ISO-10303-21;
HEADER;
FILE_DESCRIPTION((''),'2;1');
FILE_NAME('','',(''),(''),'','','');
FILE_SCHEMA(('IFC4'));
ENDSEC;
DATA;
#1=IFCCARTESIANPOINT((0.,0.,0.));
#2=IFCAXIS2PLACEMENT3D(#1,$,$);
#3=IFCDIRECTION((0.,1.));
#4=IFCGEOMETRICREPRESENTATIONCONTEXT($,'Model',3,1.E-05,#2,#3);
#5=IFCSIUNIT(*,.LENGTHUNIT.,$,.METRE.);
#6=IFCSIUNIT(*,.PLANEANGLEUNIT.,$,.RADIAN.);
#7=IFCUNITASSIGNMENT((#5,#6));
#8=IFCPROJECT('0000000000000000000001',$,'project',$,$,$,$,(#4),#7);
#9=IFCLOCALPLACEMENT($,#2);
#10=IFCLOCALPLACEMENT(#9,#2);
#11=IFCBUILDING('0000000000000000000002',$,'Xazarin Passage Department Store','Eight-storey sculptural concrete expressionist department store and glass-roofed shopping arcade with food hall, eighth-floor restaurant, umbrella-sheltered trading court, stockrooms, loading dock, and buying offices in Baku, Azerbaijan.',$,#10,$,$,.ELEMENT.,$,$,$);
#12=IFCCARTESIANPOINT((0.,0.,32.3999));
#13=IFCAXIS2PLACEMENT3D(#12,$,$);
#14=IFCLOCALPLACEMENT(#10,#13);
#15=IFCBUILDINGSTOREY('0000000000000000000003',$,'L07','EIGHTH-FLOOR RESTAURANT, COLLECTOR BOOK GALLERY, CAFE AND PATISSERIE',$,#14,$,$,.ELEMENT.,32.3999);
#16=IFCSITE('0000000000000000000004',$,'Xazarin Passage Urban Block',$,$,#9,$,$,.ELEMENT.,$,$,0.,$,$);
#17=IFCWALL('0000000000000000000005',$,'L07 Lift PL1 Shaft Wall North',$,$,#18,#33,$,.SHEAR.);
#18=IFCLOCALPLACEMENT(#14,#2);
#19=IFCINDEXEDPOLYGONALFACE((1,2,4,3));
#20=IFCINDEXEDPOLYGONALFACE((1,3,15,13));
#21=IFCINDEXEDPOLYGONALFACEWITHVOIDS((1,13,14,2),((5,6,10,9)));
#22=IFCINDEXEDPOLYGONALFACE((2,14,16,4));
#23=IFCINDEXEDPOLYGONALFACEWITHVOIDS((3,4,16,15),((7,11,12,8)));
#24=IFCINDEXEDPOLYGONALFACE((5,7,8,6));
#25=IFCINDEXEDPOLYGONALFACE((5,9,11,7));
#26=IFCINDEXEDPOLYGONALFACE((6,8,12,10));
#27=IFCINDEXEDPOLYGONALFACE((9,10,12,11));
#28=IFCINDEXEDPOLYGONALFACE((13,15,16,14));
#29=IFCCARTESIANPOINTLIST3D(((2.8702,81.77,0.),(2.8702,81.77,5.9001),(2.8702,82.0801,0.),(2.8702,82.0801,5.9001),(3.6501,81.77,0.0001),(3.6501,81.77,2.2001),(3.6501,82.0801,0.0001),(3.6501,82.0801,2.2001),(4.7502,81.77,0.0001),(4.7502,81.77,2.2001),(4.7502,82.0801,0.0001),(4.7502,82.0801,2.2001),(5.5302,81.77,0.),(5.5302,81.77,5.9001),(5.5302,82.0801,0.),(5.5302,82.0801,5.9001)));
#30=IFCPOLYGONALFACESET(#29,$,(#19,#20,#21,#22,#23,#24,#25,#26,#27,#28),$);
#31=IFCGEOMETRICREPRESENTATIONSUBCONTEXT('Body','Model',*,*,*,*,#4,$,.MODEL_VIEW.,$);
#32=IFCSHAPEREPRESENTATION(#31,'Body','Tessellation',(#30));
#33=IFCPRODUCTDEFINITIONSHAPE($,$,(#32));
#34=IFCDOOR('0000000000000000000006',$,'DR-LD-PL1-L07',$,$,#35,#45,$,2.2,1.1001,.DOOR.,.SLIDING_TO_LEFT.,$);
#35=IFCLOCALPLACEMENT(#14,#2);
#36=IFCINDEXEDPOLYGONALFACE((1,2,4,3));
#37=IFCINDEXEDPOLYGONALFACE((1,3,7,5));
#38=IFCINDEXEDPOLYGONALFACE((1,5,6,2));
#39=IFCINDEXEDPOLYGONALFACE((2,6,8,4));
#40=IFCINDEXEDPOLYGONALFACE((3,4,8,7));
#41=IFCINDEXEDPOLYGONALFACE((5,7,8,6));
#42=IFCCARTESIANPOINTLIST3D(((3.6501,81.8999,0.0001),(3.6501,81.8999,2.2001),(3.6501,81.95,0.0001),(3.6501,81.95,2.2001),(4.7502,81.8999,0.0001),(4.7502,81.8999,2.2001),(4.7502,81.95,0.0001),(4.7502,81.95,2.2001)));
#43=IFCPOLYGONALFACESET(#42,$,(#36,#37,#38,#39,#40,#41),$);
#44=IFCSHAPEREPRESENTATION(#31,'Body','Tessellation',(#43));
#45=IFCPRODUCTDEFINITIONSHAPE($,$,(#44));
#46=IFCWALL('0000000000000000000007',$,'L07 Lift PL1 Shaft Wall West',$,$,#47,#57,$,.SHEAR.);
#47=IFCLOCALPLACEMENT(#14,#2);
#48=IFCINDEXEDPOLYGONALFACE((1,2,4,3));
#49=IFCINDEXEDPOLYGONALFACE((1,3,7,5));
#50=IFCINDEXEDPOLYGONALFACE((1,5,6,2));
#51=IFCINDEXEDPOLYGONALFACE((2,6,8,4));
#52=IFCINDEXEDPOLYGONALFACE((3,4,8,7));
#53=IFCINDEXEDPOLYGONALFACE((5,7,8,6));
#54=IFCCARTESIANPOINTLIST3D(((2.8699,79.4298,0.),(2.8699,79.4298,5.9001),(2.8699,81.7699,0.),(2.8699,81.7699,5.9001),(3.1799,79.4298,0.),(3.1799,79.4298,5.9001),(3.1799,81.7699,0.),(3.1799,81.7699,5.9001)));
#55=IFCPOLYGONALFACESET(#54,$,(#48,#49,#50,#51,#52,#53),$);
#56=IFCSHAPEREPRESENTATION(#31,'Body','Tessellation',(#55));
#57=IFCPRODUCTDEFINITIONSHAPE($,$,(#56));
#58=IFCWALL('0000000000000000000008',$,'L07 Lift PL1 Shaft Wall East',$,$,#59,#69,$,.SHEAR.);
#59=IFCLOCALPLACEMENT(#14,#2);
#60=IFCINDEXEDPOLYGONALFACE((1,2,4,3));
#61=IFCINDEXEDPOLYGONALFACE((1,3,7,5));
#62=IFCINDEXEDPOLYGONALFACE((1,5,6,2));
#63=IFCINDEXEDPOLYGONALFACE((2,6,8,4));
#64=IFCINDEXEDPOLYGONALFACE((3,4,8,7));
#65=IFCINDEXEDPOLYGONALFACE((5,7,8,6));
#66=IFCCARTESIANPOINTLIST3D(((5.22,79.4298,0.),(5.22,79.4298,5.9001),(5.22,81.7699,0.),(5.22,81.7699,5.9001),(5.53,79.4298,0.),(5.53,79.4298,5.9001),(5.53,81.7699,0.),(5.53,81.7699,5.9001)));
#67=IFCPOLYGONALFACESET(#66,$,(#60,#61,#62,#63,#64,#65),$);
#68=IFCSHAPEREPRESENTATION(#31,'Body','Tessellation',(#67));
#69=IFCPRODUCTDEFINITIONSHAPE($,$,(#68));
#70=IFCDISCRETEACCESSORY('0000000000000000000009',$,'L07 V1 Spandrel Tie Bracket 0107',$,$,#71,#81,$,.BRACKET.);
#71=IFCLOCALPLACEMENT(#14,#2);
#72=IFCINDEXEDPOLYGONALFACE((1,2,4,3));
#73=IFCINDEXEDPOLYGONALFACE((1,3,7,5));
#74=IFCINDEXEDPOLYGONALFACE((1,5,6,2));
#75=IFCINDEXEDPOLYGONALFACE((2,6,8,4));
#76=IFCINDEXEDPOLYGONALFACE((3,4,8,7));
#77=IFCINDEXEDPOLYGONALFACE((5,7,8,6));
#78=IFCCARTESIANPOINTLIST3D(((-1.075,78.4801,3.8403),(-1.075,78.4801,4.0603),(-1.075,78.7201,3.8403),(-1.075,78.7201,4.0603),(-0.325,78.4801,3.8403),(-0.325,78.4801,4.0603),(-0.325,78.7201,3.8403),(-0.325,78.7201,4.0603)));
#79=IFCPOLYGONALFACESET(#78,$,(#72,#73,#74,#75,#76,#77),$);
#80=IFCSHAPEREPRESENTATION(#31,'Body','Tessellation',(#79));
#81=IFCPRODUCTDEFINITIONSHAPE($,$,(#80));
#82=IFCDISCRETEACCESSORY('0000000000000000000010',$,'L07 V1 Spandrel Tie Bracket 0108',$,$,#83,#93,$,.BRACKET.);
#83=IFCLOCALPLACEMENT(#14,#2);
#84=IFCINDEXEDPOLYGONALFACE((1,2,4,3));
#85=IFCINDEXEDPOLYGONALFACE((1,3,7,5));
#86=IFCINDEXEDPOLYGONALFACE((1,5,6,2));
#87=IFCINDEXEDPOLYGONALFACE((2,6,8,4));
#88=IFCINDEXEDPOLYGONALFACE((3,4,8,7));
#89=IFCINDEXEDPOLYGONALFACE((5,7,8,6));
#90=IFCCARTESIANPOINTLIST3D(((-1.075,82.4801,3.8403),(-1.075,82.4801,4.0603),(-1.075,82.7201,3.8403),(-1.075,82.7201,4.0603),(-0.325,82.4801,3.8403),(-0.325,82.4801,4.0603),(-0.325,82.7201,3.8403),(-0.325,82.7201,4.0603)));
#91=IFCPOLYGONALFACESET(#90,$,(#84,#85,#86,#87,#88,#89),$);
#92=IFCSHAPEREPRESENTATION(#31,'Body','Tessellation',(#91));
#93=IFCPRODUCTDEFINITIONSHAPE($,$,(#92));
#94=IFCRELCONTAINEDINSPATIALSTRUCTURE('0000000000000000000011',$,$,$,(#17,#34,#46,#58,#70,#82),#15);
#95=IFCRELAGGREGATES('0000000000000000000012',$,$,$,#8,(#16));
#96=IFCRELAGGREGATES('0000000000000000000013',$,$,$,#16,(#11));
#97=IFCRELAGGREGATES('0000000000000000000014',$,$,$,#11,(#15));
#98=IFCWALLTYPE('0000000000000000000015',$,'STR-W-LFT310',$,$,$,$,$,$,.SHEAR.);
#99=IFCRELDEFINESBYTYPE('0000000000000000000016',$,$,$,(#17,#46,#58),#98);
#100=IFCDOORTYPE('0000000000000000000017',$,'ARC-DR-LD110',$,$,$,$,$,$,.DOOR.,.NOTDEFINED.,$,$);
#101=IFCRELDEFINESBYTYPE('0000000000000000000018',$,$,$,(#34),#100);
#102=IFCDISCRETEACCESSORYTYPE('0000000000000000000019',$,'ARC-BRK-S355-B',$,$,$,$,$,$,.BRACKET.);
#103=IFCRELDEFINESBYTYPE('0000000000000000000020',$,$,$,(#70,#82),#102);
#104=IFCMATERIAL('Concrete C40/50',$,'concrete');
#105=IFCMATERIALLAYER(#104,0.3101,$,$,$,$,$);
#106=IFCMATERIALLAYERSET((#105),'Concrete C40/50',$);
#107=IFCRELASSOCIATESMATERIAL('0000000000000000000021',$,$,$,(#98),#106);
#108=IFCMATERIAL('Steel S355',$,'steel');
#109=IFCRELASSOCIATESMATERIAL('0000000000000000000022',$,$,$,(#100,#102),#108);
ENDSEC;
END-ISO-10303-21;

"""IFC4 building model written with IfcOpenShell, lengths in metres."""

from ifc_helpers import new_model, si_unit, direction, frame, frame_2d, origin, origin_2d, place, context, subcontext, project, spatial, rectangle, extrude, material, layer, layer_set, type_object, element, fill, save


model = new_model("IFC4")

# Units and contexts
model_context = context("Model", 3, precision=1e-05, world=origin(), true_north=direction((0.0, 1.0)))
body_context = subcontext(model_context, "Body", "Model", "MODEL_VIEW")
ifc_project = project(units=[si_unit("LENGTHUNIT", "METRE"), si_unit("PLANEANGLEUNIT", "RADIAN")], contexts=[model_context])

# Site, building, storey
site_placement = place(None, origin())
site = spatial("IfcSite", under=ifc_project, at=site_placement, Name="Xazarin Passage Urban Block", CompositionType="ELEMENT", RefElevation=0.0)
building_placement = place(site_placement, origin())
building = spatial("IfcBuilding", under=site, at=building_placement, Name="Xazarin Passage Department Store", Description="Eight-storey sculptural concrete expressionist department store and glass-roofed shopping arcade with food hall, eighth-floor restaurant, umbrella-sheltered trading court, stockrooms, loading dock, and buying offices in Baku, Azerbaijan.", CompositionType="ELEMENT")
storey_placement = place(building_placement, frame((0.0, 0.0, 32.3999)))
storey = spatial("IfcBuildingStorey", under=building, at=storey_placement, Name="L07", Description="EIGHTH-FLOOR RESTAURANT, COLLECTOR BOOK GALLERY, CAFE AND PATISSERIE", CompositionType="ELEMENT", Elevation=32.3999)

# Shared definitions
ifc_material_1 = material(Name="Concrete C40/50", Category="concrete")

# Shared definitions
ifc_layer_1 = layer(ifc_material_1, 0.3101)
ifc_layer_set_1 = layer_set([ifc_layer_1], Name="Concrete C40/50")
wall_type = type_object("IfcWallType", Name="STR-W-LFT310", PredefinedType="SHEAR", material=ifc_layer_set_1)

# Wall, opening, door
wall_1_placement = place(storey_placement, frame((2.8701, 81.925, 0.0), z_axis=(0.0, 0.0, 1.0), x_axis=(1.0, 0.0, 0.0)))
wall_1 = element("IfcWall", 1, at=wall_1_placement, inside=storey, type_object=wall_type, Name="L07 Lift PL1 Shaft Wall North", PredefinedType="SHEAR", context=body_context, shape_type="SweptSolid", body=[
    extrude(rectangle(XDim=2.6599, YDim=0.3101, at=frame_2d((1.3301, 0.0))), origin(), (0.0, 0.0, 1.0), 5.9001),
])
opening_placement = place(wall_1_placement, frame((0.78, 0.0, 0.0)))
opening = element("IfcOpeningElement", 2, at=opening_placement, cuts=wall_1, PredefinedType="OPENING", context=body_context, shape_type="SweptSolid", body=[
    extrude(rectangle(XDim=1.1001, YDim=2.2, at=frame_2d((0.55, 1.1001))), frame((0.0, 0.165, 0.0), z_axis=(0.0, -1.0, 0.0), x_axis=(1.0, 0.0, 0.0)), (0.0, 0.0, 1.0), 0.3301),
])
ifc_material_2 = material(Name="Steel S355", Category="steel")
door_type = type_object("IfcDoorType", Name="ARC-DR-LD110", OperationType="NOTDEFINED", PredefinedType="DOOR", material=ifc_material_2)
door_placement = place(opening_placement, origin())
door = element("IfcDoor", 3, at=door_placement, inside=storey, type_object=door_type, Name="DR-LD-PL1-L07", OperationType="SLIDING_TO_LEFT", OverallHeight=2.2, OverallWidth=1.1001, PredefinedType="DOOR", context=body_context, shape_type="SweptSolid", body=[
    extrude(rectangle(XDim=1.1001, YDim=2.2, at=frame_2d((0.55, 1.1001))), frame((0.0, 0.0249, 0.0), z_axis=(0.0, -1.0, 0.0), x_axis=(1.0, 0.0, 0.0)), (0.0, 0.0, 1.0), 0.05),
])
fill(opening, door)

# Walls
for number, where, z_axis, x_axis, name in (
    (4, (3.0249, 79.4299, 0.0), (0.0, 0.0, 1.0), (0.0, 1.0, 0.0), "L07 Lift PL1 Shaft Wall West"),
    (5, (5.375, 79.4299, 0.0), (0.0, 0.0, 1.0), (0.0, 1.0, 0.0), "L07 Lift PL1 Shaft Wall East"),
):
    element("IfcWall", number, at=place(storey_placement, frame(where, z_axis=z_axis, x_axis=x_axis)), inside=storey, type_object=wall_type, Name=name, PredefinedType="SHEAR", context=body_context, shape_type="SweptSolid", body=[
        extrude(rectangle(XDim=2.3401, YDim=0.3101, at=frame_2d((1.1699, 0.0))), origin(), (0.0, 0.0, 1.0), 5.9001),
    ])

# Discrete accessories
discrete_accessory_type = type_object("IfcDiscreteAccessoryType", Name="ARC-BRK-S355-B", PredefinedType="BRACKET", material=ifc_material_2)
for number, where, z_axis, x_axis, name in (
    (6, (-0.7, 78.6001, 3.8403), (0.0, 0.0, 1.0), (0.0, 1.0, 0.0), "L07 V1 Spandrel Tie Bracket 0107"),
    (7, (-0.7, 82.6001, 3.8403), (0.0, 0.0, 1.0), (0.0, 1.0, 0.0), "L07 V1 Spandrel Tie Bracket 0108"),
):
    element("IfcDiscreteAccessory", number, at=place(storey_placement, frame(where, z_axis=z_axis, x_axis=x_axis)), inside=storey, type_object=discrete_accessory_type, Name=name, PredefinedType="BRACKET", context=body_context, shape_type="SweptSolid", body=[
        extrude(rectangle(XDim=0.24, YDim=0.75, at=origin_2d()), origin(), (0.0, 0.0, 1.0), 0.22),
    ])

save(model, "model.ifc")
